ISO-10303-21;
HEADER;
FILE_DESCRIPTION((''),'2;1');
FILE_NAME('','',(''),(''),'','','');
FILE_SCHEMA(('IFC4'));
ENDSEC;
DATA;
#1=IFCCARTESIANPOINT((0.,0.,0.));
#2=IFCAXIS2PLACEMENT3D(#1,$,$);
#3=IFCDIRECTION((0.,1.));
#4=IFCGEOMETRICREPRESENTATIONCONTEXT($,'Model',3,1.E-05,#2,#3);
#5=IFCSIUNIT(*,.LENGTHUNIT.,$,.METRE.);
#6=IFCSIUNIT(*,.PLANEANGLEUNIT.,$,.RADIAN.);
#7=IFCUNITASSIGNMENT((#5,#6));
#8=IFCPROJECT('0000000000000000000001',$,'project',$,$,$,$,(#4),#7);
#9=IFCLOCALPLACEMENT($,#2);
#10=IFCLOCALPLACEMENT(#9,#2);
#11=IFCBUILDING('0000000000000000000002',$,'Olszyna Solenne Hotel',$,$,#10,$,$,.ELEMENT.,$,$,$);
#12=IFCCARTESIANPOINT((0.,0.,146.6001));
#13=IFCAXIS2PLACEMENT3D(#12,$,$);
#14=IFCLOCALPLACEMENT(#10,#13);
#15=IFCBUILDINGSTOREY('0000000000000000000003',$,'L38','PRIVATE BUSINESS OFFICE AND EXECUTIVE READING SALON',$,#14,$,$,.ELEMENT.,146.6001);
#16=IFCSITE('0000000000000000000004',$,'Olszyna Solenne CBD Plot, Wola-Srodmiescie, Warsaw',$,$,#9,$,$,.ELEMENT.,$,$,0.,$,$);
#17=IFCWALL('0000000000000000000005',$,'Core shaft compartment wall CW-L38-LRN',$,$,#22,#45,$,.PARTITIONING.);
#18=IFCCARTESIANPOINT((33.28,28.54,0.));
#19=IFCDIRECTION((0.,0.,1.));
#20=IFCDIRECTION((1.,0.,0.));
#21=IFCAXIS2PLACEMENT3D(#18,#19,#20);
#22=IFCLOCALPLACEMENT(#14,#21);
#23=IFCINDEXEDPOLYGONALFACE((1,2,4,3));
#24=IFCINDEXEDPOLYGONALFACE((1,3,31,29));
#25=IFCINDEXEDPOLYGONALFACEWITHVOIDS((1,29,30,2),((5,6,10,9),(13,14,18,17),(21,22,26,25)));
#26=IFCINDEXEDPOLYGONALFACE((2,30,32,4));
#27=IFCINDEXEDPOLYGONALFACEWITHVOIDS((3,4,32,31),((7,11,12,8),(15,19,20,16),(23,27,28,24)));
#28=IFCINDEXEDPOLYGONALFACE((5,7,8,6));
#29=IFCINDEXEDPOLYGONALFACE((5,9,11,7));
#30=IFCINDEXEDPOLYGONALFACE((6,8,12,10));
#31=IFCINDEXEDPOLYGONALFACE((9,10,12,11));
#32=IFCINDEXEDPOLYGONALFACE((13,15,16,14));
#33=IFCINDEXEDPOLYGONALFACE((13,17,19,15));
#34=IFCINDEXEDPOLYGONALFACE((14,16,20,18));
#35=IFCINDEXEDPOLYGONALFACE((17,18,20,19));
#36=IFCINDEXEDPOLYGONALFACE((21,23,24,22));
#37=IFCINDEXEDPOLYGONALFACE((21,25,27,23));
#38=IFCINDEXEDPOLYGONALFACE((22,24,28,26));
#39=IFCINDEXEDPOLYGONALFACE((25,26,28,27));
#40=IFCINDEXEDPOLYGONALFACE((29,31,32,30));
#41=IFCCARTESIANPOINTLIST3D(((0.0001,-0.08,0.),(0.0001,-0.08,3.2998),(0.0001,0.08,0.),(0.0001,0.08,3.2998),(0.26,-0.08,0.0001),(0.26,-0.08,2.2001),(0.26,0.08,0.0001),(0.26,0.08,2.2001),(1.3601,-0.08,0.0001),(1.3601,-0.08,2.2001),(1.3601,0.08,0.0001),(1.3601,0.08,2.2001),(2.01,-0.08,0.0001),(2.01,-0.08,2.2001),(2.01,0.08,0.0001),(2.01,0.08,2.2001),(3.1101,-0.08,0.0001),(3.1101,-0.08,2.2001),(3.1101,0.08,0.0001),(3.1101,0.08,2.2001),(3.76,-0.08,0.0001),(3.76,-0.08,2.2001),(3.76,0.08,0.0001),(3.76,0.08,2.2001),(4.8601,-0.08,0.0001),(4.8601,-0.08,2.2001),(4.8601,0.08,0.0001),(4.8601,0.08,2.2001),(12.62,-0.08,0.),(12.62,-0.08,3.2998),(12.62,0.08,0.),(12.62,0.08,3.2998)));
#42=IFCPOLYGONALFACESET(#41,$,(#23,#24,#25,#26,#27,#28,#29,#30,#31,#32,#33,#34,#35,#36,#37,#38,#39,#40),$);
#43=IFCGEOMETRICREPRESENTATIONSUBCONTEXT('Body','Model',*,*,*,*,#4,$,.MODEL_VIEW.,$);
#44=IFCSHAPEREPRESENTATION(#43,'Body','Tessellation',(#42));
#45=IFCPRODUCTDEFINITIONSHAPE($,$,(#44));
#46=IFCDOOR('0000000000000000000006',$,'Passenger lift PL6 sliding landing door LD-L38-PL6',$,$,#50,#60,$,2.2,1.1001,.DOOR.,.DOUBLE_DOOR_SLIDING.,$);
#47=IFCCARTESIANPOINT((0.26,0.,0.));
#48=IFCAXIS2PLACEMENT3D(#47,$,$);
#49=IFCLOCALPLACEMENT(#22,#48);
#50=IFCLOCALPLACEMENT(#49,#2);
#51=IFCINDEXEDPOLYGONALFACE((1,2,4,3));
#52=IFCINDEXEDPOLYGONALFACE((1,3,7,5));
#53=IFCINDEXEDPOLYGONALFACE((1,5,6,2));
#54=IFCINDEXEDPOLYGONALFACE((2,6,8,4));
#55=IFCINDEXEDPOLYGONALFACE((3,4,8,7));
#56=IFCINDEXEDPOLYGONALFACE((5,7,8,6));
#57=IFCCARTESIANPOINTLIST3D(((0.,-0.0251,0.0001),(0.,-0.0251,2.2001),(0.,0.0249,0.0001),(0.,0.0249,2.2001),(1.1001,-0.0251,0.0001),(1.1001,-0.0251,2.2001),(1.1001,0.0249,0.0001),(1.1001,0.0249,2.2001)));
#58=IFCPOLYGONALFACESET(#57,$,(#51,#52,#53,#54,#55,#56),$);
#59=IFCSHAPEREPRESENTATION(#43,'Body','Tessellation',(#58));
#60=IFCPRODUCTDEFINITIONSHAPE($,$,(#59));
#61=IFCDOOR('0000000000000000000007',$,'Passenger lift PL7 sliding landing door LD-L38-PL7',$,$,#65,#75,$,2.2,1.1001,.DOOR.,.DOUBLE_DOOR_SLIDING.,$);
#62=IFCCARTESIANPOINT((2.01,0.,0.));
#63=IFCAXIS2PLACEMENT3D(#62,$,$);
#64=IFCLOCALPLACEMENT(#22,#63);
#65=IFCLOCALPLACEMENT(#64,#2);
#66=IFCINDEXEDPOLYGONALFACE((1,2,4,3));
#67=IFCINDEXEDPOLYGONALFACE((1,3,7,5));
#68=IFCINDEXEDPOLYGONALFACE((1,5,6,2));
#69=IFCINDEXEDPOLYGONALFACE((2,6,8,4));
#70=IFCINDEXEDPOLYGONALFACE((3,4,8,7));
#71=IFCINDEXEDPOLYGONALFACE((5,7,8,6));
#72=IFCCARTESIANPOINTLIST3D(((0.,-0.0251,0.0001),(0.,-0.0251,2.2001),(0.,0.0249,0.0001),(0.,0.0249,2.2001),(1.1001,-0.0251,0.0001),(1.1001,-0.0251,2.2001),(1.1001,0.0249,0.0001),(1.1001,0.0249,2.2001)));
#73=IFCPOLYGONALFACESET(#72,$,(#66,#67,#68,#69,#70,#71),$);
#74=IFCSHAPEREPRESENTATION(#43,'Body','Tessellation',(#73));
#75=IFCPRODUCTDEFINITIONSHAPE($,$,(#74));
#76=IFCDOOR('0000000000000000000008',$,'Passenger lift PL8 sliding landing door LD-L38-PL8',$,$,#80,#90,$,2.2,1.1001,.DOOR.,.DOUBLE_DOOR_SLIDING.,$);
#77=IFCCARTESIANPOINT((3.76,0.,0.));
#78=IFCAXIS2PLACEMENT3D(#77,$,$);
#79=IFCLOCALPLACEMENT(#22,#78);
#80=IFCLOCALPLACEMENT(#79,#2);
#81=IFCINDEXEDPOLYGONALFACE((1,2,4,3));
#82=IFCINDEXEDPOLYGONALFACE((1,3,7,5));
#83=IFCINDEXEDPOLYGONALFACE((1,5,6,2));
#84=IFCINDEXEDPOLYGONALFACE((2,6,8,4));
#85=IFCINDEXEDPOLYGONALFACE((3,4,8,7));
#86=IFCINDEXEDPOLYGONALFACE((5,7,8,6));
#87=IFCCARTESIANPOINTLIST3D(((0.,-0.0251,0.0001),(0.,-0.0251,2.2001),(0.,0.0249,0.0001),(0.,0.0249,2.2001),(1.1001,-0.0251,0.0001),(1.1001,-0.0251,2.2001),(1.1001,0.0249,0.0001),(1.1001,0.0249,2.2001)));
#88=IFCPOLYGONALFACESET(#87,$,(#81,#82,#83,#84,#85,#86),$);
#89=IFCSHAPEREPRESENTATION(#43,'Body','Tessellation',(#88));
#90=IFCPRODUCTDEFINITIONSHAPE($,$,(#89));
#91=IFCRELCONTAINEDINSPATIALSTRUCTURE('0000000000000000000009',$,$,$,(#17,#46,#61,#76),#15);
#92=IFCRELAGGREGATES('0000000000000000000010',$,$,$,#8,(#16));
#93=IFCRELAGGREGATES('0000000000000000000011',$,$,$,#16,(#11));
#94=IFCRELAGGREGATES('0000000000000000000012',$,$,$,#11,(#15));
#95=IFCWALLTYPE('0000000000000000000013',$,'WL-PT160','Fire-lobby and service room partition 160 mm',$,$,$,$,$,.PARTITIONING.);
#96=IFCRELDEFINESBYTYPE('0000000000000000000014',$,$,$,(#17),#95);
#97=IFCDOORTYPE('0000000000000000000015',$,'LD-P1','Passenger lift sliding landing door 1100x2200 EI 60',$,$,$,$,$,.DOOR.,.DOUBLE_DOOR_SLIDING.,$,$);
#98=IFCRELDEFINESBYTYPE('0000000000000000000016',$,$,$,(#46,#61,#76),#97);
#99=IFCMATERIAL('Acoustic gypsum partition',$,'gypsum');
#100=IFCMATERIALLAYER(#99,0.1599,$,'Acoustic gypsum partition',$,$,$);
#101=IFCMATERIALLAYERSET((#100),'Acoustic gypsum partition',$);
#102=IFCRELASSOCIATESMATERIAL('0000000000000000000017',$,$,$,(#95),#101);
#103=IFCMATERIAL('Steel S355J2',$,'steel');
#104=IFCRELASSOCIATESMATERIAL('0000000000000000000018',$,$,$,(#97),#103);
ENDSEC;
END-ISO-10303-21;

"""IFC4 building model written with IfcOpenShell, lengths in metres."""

from ifc_helpers import new_model, si_unit, direction, frame, frame_2d, origin, place, context, subcontext, project, spatial, rectangle, extrude, source, transform, mapped, material, layer, layer_set, type_object, type_shapes, element, fill, save


model = new_model("IFC4")

# Units and contexts
model_context = context("Model", 3, precision=1e-05, world=origin(), true_north=direction((0.0, 1.0)))
body_context = subcontext(model_context, "Body", "Model", "MODEL_VIEW")
ifc_project = project(units=[si_unit("LENGTHUNIT", "METRE"), si_unit("PLANEANGLEUNIT", "RADIAN")], contexts=[model_context])

# Site, building, storey
site_placement = place(None, origin())
site = spatial("IfcSite", under=ifc_project, at=site_placement, Name="Olszyna Solenne CBD Plot, Wola-Srodmiescie, Warsaw", CompositionType="ELEMENT", RefElevation=0.0)
building_placement = place(site_placement, origin())
building = spatial("IfcBuilding", under=site, at=building_placement, Name="Olszyna Solenne Hotel", CompositionType="ELEMENT")
storey_placement = place(building_placement, frame((0.0, 0.0, 146.6001)))
storey = spatial("IfcBuildingStorey", under=building, at=storey_placement, Name="L38", Description="PRIVATE BUSINESS OFFICE AND EXECUTIVE READING SALON", CompositionType="ELEMENT", Elevation=146.6001)

# Shared definitions
ifc_material_1 = material(Name="Steel S355J2", Category="steel")

# Shared definitions
ifc_material_2 = material(Name="Acoustic gypsum partition", Category="gypsum")
ifc_layer_1 = layer(ifc_material_2, 0.1599, Name="Acoustic gypsum partition")
ifc_layer_set_1 = layer_set([ifc_layer_1], Name="Acoustic gypsum partition")
wall_type_1 = type_object("IfcWallType", Name="WL-PT160", Description="Fire-lobby and service room partition 160 mm", PredefinedType="PARTITIONING", material=ifc_layer_set_1)

# Wall, openings, doors
door_type_1 = type_object("IfcDoorType", Name="LD-P1", Description="Passenger lift sliding landing door 1100x2200 EI 60", OperationType="DOUBLE_DOOR_SLIDING", PredefinedType="DOOR", material=ifc_material_1)
shared_shape_1 = source(origin(), body_context, "Body", "SweptSolid", [
    extrude(rectangle(XDim=1.1001, YDim=2.2, at=frame_2d((0.55, 1.1001))), frame((0.0, 0.0249, 0.0), z_axis=(0.0, -1.0, 0.0), x_axis=(1.0, 0.0, 0.0)), (0.0, 0.0, 1.0), 0.05),
])
type_shapes(door_type_1, [shared_shape_1])
wall_1_placement = place(storey_placement, frame((33.28, 28.54, 0.0), z_axis=(0.0, 0.0, 1.0), x_axis=(1.0, 0.0, 0.0)))
wall_1 = element("IfcWall", 1, at=wall_1_placement, inside=storey, type_object=wall_type_1, Name="Core shaft compartment wall CW-L38-LRN", PredefinedType="PARTITIONING", context=body_context, shape_type="SweptSolid", body=[
    extrude(rectangle(XDim=12.6199, YDim=0.1599, at=frame_2d((6.3101, 0.0))), origin(), (0.0, 0.0, 1.0), 3.2998),
])
opening_1_placement = place(wall_1_placement, frame((0.26, 0.0, 0.0)))
opening_1 = element("IfcOpeningElement", 2, at=opening_1_placement, cuts=wall_1, PredefinedType="OPENING", context=body_context, shape_type="SweptSolid", body=[
    extrude(rectangle(XDim=1.1001, YDim=2.2, at=frame_2d((0.55, 1.1001))), frame((0.0, 0.0898, 0.0), z_axis=(0.0, -1.0, 0.0), x_axis=(1.0, 0.0, 0.0)), (0.0, 0.0, 1.0), 0.1799),
])
opening_2_placement = place(wall_1_placement, frame((2.01, 0.0, 0.0)))
opening_2 = element("IfcOpeningElement", 3, at=opening_2_placement, cuts=wall_1, PredefinedType="OPENING", context=body_context, shape_type="SweptSolid", body=[
    extrude(rectangle(XDim=1.1001, YDim=2.2, at=frame_2d((0.55, 1.1001))), frame((0.0, 0.0898, 0.0), z_axis=(0.0, -1.0, 0.0), x_axis=(1.0, 0.0, 0.0)), (0.0, 0.0, 1.0), 0.1799),
])
opening_3_placement = place(wall_1_placement, frame((3.76, 0.0, 0.0)))
opening_3 = element("IfcOpeningElement", 4, at=opening_3_placement, cuts=wall_1, PredefinedType="OPENING", context=body_context, shape_type="SweptSolid", body=[
    extrude(rectangle(XDim=1.1001, YDim=2.2, at=frame_2d((0.55, 1.1001))), frame((0.0, 0.0898, 0.0), z_axis=(0.0, -1.0, 0.0), x_axis=(1.0, 0.0, 0.0)), (0.0, 0.0, 1.0), 0.1799),
])
door_1_placement = place(opening_1_placement, origin())
door_1 = element("IfcDoor", 5, at=door_1_placement, inside=storey, type_object=door_type_1, Name="Passenger lift PL6 sliding landing door LD-L38-PL6", OperationType="DOUBLE_DOOR_SLIDING", OverallHeight=2.2, OverallWidth=1.1001, PredefinedType="DOOR", context=body_context, shape_type="MappedRepresentation", body=[
    mapped(shared_shape_1, transform((0.0, 0.0, 0.0), x_axis=(1.0, 0.0, 0.0), y_axis=(0.0, 1.0, 0.0), z_axis=(0.0, 0.0, 1.0), scale=1.0)),
])
fill(opening_1, door_1)
door_2_placement = place(opening_2_placement, origin())
door_2 = element("IfcDoor", 6, at=door_2_placement, inside=storey, type_object=door_type_1, Name="Passenger lift PL7 sliding landing door LD-L38-PL7", OperationType="DOUBLE_DOOR_SLIDING", OverallHeight=2.2, OverallWidth=1.1001, PredefinedType="DOOR", context=body_context, shape_type="MappedRepresentation", body=[
    mapped(shared_shape_1, transform((0.0, 0.0, 0.0), x_axis=(1.0, 0.0, 0.0), y_axis=(0.0, 1.0, 0.0), z_axis=(0.0, 0.0, 1.0), scale=1.0)),
])
fill(opening_2, door_2)
door_3_placement = place(opening_3_placement, origin())
door_3 = element("IfcDoor", 7, at=door_3_placement, inside=storey, type_object=door_type_1, Name="Passenger lift PL8 sliding landing door LD-L38-PL8", OperationType="DOUBLE_DOOR_SLIDING", OverallHeight=2.2, OverallWidth=1.1001, PredefinedType="DOOR", context=body_context, shape_type="MappedRepresentation", body=[
    mapped(shared_shape_1, transform((0.0, 0.0, 0.0), x_axis=(1.0, 0.0, 0.0), y_axis=(0.0, 1.0, 0.0), z_axis=(0.0, 0.0, 1.0), scale=1.0)),
])
fill(opening_3, door_3)

save(model, "model.ifc")
